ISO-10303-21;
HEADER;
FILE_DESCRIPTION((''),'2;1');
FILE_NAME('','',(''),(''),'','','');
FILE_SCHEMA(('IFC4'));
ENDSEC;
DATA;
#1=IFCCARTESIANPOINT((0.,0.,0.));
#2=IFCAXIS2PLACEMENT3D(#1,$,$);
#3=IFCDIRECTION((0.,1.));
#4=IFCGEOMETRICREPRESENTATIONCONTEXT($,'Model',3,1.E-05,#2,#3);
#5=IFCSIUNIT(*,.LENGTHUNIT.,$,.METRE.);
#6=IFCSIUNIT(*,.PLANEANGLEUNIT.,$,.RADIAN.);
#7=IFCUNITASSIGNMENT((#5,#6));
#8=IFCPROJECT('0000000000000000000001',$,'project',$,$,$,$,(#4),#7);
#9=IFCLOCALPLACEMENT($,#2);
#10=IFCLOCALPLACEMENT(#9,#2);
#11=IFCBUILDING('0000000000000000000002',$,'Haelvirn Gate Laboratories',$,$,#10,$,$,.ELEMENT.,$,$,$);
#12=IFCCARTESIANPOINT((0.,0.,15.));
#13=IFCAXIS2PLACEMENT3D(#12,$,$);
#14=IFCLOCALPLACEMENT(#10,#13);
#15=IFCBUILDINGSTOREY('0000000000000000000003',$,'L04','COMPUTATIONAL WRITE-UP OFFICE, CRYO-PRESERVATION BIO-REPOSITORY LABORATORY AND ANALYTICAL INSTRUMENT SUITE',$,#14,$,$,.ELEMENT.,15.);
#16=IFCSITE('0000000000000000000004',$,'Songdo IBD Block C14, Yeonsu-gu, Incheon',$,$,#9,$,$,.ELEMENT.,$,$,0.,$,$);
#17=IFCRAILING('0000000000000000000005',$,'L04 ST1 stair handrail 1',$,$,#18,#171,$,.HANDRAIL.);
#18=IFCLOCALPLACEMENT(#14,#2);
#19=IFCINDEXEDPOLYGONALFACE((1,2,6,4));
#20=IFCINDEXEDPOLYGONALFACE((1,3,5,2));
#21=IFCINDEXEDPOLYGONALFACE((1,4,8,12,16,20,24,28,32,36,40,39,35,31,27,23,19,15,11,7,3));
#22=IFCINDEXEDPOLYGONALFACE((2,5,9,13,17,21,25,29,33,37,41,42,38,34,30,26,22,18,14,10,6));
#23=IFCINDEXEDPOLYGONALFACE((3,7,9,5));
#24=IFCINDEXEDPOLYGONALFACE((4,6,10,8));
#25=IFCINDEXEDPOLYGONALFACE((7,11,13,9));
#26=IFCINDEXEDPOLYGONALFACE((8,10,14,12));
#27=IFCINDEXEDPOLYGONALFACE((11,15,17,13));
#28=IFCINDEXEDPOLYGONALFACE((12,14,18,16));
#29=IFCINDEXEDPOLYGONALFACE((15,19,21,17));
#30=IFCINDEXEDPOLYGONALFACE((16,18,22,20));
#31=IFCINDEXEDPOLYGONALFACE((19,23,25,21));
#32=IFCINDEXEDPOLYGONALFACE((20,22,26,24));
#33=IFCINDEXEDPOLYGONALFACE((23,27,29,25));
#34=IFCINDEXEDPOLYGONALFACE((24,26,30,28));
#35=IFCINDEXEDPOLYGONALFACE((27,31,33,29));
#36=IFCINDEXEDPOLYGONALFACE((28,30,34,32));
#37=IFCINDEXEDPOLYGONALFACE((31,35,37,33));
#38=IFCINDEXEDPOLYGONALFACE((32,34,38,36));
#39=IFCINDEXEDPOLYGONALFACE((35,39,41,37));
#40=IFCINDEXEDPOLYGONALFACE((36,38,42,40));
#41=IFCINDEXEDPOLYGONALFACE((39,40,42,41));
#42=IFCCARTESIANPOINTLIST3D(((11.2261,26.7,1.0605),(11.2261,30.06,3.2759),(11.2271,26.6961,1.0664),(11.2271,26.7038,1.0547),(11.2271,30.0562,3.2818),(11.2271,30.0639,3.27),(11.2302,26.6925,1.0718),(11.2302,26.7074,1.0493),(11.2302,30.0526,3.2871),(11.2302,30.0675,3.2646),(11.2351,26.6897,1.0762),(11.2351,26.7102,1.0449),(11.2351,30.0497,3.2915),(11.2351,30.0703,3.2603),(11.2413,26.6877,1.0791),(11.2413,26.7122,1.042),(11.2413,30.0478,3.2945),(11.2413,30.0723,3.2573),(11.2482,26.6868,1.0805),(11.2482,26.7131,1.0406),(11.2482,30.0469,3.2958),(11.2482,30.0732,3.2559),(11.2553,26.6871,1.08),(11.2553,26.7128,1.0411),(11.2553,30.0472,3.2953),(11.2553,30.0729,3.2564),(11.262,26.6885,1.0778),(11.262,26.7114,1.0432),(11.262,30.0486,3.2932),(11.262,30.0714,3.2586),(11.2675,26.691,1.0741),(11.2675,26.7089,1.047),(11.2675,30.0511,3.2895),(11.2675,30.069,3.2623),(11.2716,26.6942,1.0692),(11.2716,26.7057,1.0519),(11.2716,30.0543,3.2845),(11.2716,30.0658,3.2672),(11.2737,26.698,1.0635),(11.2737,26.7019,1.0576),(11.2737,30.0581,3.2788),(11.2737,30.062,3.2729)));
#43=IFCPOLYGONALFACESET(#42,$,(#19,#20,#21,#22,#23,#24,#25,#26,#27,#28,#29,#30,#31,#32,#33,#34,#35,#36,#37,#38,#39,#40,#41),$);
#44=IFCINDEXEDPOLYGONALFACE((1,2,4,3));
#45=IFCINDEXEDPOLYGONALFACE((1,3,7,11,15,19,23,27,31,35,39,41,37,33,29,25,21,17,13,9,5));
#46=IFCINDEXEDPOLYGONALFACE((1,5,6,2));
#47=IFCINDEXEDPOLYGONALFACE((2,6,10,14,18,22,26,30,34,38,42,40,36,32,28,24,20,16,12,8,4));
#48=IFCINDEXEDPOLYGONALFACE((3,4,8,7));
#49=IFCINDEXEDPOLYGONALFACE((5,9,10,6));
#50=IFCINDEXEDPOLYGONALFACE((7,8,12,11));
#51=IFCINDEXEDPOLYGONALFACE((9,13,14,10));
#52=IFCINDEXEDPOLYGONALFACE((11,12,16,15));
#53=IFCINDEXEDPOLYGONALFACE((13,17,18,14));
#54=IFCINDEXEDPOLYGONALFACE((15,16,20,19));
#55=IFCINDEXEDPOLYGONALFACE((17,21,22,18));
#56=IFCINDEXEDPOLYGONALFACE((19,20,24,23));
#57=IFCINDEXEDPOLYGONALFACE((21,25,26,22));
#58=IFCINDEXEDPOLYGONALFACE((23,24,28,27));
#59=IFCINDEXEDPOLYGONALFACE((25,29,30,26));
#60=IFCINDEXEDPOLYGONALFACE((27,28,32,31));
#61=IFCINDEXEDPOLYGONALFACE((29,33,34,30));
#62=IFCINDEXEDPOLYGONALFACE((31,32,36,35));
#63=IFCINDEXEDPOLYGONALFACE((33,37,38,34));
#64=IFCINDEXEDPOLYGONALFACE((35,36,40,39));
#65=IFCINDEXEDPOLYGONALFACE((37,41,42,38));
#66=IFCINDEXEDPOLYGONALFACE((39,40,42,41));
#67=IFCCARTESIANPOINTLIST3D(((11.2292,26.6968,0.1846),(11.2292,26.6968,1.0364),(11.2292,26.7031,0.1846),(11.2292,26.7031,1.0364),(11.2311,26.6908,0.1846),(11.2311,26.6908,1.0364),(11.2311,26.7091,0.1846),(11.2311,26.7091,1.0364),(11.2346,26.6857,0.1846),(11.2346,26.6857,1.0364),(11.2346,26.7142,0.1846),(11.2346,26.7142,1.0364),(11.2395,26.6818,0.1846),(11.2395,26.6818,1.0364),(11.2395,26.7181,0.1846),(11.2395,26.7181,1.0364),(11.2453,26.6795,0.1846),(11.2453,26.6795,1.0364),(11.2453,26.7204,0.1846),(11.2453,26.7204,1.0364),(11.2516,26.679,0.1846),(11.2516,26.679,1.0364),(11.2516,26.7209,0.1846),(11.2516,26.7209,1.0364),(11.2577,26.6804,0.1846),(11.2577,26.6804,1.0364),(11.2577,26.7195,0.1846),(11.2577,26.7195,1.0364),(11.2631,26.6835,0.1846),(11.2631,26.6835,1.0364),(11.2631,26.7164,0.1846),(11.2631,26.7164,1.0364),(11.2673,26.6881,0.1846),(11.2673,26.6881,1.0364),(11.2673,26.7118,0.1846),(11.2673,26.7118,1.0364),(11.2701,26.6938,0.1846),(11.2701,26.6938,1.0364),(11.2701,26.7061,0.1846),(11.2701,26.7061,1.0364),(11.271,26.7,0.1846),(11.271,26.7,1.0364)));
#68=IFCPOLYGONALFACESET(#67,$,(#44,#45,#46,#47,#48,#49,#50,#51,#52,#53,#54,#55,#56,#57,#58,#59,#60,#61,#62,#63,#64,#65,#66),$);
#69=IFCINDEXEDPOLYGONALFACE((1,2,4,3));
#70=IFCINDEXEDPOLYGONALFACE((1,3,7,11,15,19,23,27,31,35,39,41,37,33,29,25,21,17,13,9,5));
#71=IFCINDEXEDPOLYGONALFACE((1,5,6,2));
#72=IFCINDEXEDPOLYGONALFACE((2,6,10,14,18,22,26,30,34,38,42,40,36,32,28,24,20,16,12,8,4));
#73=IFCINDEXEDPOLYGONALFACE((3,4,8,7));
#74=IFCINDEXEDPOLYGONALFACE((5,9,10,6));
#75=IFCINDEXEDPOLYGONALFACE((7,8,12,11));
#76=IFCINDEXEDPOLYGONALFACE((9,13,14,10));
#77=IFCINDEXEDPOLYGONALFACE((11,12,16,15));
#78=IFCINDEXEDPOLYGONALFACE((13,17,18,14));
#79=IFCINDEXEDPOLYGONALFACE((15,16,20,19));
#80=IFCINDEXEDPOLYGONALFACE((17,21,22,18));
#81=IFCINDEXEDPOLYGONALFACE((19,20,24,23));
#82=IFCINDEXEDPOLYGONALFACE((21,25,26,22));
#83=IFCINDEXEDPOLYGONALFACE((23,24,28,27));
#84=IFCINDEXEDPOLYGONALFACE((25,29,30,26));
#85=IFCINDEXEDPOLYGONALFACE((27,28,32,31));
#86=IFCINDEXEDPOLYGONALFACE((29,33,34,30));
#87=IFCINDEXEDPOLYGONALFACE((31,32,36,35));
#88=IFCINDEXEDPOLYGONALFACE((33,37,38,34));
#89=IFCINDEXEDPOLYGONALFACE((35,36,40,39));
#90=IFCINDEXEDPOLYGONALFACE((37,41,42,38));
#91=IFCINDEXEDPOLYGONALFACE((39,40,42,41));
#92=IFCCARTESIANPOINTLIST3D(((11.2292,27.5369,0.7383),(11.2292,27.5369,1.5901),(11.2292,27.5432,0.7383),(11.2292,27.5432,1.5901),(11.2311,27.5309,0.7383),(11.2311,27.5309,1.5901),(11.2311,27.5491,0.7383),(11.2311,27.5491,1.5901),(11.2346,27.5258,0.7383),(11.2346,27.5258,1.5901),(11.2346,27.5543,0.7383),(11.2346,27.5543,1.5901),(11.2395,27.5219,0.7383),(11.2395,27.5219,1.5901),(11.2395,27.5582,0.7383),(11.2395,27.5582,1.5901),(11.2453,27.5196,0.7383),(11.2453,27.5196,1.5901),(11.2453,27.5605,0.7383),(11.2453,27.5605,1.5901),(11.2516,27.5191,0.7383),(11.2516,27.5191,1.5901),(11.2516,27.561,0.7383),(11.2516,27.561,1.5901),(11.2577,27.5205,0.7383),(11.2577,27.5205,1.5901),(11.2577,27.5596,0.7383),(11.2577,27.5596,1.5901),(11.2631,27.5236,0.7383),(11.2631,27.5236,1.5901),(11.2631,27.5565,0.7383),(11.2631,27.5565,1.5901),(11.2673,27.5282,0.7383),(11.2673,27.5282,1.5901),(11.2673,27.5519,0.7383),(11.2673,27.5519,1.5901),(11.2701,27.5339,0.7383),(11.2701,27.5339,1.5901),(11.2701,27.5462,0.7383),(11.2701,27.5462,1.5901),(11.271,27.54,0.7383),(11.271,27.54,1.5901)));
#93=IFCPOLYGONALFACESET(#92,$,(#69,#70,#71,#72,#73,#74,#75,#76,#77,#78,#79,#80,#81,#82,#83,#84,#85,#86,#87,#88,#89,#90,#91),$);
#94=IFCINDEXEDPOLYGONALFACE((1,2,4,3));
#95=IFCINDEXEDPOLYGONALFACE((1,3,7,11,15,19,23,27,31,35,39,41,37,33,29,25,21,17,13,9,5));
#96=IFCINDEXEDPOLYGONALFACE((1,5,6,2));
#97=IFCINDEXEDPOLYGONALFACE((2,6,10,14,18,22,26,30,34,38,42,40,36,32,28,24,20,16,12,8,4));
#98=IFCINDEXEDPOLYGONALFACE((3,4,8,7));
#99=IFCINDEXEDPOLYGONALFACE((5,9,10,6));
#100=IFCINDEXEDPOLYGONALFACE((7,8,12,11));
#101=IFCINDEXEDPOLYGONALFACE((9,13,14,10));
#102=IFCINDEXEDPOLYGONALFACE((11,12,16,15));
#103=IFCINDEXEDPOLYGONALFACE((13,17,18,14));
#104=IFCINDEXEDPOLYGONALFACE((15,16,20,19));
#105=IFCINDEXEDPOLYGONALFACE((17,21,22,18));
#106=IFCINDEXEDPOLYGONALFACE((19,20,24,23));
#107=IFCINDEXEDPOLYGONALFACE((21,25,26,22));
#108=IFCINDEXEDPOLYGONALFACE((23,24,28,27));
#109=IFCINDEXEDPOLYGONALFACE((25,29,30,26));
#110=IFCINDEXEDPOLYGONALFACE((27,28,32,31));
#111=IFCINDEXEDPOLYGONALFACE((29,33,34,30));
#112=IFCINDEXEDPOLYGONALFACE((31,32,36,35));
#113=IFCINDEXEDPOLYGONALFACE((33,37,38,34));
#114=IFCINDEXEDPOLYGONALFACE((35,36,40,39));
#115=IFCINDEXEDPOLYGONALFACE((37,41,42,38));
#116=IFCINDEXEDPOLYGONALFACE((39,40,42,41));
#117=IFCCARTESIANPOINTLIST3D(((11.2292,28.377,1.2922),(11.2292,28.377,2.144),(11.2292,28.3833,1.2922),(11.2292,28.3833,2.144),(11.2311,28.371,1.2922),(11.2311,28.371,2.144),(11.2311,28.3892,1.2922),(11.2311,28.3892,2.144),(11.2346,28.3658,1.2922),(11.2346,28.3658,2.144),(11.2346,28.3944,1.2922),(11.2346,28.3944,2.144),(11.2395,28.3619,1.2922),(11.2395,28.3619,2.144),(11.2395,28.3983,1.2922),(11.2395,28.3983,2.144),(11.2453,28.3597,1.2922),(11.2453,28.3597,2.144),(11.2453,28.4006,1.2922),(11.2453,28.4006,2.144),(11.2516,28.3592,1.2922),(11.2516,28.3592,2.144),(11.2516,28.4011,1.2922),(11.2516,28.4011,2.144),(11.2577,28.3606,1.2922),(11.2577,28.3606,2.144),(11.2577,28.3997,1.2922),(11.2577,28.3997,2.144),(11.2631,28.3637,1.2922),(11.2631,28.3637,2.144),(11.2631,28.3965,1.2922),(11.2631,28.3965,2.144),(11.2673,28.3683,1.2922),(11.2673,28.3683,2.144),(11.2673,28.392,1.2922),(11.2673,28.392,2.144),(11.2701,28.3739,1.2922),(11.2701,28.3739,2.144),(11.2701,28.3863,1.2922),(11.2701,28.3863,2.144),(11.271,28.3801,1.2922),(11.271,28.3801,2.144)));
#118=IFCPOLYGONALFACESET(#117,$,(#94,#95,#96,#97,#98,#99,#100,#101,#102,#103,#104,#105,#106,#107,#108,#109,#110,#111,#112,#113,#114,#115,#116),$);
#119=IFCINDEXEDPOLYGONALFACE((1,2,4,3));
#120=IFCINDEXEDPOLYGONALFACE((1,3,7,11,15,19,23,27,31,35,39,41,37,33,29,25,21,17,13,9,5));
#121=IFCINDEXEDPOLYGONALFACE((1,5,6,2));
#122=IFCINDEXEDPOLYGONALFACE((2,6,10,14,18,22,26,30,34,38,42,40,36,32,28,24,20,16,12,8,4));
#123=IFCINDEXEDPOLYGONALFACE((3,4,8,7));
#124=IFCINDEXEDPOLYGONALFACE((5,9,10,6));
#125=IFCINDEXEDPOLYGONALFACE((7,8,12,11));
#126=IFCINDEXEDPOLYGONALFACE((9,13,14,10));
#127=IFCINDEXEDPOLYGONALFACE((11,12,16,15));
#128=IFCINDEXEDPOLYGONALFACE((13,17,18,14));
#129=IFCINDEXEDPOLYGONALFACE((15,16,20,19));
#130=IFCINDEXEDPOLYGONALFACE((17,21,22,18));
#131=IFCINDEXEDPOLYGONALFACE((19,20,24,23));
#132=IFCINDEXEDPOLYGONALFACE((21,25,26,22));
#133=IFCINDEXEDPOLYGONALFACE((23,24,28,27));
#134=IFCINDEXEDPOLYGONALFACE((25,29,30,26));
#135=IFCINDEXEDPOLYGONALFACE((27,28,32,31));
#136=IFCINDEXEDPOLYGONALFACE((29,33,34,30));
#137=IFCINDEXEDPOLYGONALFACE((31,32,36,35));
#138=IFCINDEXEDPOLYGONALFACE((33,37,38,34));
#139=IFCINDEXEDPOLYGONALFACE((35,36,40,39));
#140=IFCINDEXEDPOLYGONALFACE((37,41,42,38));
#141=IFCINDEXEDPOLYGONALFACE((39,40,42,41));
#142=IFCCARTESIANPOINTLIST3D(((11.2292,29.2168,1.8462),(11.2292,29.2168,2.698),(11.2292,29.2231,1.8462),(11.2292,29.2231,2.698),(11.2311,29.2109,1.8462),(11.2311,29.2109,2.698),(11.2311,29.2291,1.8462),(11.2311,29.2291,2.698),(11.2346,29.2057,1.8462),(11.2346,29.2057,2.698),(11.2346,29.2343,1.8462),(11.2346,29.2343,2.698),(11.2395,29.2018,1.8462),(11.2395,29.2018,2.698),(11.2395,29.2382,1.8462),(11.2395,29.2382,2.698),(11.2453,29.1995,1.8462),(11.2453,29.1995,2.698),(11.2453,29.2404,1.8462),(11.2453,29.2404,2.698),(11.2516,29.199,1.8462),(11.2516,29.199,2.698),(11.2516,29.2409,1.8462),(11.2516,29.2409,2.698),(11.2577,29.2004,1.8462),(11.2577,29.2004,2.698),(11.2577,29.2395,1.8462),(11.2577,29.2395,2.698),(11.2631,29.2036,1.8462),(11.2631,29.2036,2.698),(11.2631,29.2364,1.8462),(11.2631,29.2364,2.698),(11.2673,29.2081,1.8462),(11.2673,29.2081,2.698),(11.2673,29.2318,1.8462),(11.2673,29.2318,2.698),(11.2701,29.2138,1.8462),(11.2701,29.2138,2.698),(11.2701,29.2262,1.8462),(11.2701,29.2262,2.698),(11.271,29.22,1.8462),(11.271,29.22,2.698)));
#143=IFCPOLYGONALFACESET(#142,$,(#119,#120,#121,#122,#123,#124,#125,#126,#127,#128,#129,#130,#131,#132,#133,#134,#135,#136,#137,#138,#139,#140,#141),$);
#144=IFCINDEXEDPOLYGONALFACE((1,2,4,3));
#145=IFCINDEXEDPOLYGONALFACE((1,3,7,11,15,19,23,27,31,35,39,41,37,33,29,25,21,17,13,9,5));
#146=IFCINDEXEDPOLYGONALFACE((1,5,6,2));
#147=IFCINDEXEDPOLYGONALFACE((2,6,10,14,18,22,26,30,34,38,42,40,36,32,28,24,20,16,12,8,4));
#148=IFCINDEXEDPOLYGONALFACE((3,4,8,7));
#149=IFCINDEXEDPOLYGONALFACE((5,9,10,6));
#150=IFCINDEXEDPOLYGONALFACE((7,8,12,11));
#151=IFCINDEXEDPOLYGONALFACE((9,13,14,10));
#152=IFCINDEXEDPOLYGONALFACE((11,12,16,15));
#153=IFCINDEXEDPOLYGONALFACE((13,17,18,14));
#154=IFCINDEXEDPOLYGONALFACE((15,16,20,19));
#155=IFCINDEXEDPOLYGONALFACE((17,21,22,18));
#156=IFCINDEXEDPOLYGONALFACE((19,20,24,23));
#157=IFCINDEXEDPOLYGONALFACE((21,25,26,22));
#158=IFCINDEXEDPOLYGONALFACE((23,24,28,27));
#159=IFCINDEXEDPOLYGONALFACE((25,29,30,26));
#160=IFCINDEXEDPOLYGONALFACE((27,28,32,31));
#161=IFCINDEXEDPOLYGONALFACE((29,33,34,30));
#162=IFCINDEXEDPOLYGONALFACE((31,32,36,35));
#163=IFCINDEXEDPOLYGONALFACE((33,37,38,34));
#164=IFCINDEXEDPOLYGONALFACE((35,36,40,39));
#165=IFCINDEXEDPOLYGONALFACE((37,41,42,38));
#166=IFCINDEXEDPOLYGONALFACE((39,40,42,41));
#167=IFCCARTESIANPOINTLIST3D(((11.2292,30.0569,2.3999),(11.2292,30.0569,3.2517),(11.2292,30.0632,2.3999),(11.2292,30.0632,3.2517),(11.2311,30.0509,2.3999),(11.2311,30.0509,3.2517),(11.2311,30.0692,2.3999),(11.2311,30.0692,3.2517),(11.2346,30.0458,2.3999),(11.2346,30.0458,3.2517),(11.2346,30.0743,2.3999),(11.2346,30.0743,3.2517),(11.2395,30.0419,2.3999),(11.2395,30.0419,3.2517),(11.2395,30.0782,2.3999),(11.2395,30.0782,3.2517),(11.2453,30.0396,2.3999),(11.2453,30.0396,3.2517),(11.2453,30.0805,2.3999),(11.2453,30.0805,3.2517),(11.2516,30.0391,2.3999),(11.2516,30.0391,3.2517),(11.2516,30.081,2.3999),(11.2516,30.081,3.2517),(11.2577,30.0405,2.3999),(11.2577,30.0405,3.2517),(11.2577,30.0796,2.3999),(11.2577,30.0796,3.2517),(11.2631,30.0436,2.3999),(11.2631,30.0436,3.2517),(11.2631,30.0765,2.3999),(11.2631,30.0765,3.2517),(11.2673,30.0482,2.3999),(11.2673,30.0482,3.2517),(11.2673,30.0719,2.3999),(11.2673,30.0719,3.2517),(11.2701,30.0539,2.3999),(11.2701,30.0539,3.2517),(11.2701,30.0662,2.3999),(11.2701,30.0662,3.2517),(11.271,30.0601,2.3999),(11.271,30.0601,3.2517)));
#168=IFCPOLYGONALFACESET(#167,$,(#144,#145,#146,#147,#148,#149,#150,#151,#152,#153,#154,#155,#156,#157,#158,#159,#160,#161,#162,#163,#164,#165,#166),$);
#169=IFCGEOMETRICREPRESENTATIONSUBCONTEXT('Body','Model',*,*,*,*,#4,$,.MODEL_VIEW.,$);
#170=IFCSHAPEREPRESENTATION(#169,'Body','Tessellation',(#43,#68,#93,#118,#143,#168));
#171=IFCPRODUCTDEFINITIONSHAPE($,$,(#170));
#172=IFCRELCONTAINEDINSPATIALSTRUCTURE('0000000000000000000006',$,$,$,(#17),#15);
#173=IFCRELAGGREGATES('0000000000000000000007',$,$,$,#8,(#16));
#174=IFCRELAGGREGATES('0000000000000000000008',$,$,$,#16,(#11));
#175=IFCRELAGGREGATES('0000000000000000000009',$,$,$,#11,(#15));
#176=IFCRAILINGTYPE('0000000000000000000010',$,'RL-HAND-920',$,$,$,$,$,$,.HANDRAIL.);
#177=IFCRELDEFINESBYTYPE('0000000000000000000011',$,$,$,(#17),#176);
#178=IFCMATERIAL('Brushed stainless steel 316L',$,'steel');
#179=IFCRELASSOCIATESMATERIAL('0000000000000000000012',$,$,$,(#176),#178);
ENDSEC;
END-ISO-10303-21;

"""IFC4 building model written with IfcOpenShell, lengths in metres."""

from ifc_helpers import new_model, si_unit, direction, frame, origin, origin_2d, place, context, subcontext, project, spatial, circle, extrude, source, transform, mapped, material, type_object, type_shapes, element, save


model = new_model("IFC4")

# Units and contexts
model_context = context("Model", 3, precision=1e-05, world=origin(), true_north=direction((0.0, 1.0)))
body_context = subcontext(model_context, "Body", "Model", "MODEL_VIEW")
ifc_project = project(units=[si_unit("LENGTHUNIT", "METRE"), si_unit("PLANEANGLEUNIT", "RADIAN")], contexts=[model_context])

# Site, building, storey
site_placement = place(None, origin())
site = spatial("IfcSite", under=ifc_project, at=site_placement, Name="Songdo IBD Block C14, Yeonsu-gu, Incheon", CompositionType="ELEMENT", RefElevation=0.0)
building_placement = place(site_placement, origin())
building = spatial("IfcBuilding", under=site, at=building_placement, Name="Haelvirn Gate Laboratories", CompositionType="ELEMENT")
storey_placement = place(building_placement, frame((0.0, 0.0, 15.0)))
storey = spatial("IfcBuildingStorey", under=building, at=storey_placement, Name="L04", Description="COMPUTATIONAL WRITE-UP OFFICE, CRYO-PRESERVATION BIO-REPOSITORY LABORATORY AND ANALYTICAL INSTRUMENT SUITE", CompositionType="ELEMENT", Elevation=15.0)

# Railing
ifc_material_1 = material(Name="Brushed stainless steel 316L", Category="steel")
railing_type = type_object("IfcRailingType", Name="RL-HAND-920", PredefinedType="HANDRAIL", material=ifc_material_1)
shared_shape_1 = source(origin(), body_context, "Body", "SweptSolid", [
    extrude(circle(Radius=0.0239, at=origin_2d()), frame((0.0, 0.0, 0.876), z_axis=(0.0, 0.834876, 0.550437), x_axis=(-1.0, 0.0, 0.0)), (0.0, 0.0, 1.0), 4.0247),
    extrude(circle(Radius=0.021, at=origin_2d()), origin(), (0.0, 0.0, 1.0), 0.8518),
    extrude(circle(Radius=0.021, at=origin_2d()), frame((0.0, 0.8401, 0.5537)), (0.0, 0.0, 1.0), 0.8518),
    extrude(circle(Radius=0.021, at=origin_2d()), frame((0.0, 1.6802, 1.1077)), (0.0, 0.0, 1.0), 0.8518),
    extrude(circle(Radius=0.021, at=origin_2d()), frame((0.0, 2.52, 1.6616)), (0.0, 0.0, 1.0), 0.8518),
    extrude(circle(Radius=0.021, at=origin_2d()), frame((0.0, 3.3601, 2.2153)), (0.0, 0.0, 1.0), 0.8518),
])
type_shapes(railing_type, [shared_shape_1])
railing_placement = place(storey_placement, frame((11.25, 26.7, 0.1846)))
element("IfcRailing", 1, at=railing_placement, inside=storey, type_object=railing_type, Name="L04 ST1 stair handrail 1", PredefinedType="HANDRAIL", context=body_context, shape_type="MappedRepresentation", body=[
    mapped(shared_shape_1, transform((0.0, 0.0, 0.0), scale=1.0)),
])

save(model, "model.ifc")
